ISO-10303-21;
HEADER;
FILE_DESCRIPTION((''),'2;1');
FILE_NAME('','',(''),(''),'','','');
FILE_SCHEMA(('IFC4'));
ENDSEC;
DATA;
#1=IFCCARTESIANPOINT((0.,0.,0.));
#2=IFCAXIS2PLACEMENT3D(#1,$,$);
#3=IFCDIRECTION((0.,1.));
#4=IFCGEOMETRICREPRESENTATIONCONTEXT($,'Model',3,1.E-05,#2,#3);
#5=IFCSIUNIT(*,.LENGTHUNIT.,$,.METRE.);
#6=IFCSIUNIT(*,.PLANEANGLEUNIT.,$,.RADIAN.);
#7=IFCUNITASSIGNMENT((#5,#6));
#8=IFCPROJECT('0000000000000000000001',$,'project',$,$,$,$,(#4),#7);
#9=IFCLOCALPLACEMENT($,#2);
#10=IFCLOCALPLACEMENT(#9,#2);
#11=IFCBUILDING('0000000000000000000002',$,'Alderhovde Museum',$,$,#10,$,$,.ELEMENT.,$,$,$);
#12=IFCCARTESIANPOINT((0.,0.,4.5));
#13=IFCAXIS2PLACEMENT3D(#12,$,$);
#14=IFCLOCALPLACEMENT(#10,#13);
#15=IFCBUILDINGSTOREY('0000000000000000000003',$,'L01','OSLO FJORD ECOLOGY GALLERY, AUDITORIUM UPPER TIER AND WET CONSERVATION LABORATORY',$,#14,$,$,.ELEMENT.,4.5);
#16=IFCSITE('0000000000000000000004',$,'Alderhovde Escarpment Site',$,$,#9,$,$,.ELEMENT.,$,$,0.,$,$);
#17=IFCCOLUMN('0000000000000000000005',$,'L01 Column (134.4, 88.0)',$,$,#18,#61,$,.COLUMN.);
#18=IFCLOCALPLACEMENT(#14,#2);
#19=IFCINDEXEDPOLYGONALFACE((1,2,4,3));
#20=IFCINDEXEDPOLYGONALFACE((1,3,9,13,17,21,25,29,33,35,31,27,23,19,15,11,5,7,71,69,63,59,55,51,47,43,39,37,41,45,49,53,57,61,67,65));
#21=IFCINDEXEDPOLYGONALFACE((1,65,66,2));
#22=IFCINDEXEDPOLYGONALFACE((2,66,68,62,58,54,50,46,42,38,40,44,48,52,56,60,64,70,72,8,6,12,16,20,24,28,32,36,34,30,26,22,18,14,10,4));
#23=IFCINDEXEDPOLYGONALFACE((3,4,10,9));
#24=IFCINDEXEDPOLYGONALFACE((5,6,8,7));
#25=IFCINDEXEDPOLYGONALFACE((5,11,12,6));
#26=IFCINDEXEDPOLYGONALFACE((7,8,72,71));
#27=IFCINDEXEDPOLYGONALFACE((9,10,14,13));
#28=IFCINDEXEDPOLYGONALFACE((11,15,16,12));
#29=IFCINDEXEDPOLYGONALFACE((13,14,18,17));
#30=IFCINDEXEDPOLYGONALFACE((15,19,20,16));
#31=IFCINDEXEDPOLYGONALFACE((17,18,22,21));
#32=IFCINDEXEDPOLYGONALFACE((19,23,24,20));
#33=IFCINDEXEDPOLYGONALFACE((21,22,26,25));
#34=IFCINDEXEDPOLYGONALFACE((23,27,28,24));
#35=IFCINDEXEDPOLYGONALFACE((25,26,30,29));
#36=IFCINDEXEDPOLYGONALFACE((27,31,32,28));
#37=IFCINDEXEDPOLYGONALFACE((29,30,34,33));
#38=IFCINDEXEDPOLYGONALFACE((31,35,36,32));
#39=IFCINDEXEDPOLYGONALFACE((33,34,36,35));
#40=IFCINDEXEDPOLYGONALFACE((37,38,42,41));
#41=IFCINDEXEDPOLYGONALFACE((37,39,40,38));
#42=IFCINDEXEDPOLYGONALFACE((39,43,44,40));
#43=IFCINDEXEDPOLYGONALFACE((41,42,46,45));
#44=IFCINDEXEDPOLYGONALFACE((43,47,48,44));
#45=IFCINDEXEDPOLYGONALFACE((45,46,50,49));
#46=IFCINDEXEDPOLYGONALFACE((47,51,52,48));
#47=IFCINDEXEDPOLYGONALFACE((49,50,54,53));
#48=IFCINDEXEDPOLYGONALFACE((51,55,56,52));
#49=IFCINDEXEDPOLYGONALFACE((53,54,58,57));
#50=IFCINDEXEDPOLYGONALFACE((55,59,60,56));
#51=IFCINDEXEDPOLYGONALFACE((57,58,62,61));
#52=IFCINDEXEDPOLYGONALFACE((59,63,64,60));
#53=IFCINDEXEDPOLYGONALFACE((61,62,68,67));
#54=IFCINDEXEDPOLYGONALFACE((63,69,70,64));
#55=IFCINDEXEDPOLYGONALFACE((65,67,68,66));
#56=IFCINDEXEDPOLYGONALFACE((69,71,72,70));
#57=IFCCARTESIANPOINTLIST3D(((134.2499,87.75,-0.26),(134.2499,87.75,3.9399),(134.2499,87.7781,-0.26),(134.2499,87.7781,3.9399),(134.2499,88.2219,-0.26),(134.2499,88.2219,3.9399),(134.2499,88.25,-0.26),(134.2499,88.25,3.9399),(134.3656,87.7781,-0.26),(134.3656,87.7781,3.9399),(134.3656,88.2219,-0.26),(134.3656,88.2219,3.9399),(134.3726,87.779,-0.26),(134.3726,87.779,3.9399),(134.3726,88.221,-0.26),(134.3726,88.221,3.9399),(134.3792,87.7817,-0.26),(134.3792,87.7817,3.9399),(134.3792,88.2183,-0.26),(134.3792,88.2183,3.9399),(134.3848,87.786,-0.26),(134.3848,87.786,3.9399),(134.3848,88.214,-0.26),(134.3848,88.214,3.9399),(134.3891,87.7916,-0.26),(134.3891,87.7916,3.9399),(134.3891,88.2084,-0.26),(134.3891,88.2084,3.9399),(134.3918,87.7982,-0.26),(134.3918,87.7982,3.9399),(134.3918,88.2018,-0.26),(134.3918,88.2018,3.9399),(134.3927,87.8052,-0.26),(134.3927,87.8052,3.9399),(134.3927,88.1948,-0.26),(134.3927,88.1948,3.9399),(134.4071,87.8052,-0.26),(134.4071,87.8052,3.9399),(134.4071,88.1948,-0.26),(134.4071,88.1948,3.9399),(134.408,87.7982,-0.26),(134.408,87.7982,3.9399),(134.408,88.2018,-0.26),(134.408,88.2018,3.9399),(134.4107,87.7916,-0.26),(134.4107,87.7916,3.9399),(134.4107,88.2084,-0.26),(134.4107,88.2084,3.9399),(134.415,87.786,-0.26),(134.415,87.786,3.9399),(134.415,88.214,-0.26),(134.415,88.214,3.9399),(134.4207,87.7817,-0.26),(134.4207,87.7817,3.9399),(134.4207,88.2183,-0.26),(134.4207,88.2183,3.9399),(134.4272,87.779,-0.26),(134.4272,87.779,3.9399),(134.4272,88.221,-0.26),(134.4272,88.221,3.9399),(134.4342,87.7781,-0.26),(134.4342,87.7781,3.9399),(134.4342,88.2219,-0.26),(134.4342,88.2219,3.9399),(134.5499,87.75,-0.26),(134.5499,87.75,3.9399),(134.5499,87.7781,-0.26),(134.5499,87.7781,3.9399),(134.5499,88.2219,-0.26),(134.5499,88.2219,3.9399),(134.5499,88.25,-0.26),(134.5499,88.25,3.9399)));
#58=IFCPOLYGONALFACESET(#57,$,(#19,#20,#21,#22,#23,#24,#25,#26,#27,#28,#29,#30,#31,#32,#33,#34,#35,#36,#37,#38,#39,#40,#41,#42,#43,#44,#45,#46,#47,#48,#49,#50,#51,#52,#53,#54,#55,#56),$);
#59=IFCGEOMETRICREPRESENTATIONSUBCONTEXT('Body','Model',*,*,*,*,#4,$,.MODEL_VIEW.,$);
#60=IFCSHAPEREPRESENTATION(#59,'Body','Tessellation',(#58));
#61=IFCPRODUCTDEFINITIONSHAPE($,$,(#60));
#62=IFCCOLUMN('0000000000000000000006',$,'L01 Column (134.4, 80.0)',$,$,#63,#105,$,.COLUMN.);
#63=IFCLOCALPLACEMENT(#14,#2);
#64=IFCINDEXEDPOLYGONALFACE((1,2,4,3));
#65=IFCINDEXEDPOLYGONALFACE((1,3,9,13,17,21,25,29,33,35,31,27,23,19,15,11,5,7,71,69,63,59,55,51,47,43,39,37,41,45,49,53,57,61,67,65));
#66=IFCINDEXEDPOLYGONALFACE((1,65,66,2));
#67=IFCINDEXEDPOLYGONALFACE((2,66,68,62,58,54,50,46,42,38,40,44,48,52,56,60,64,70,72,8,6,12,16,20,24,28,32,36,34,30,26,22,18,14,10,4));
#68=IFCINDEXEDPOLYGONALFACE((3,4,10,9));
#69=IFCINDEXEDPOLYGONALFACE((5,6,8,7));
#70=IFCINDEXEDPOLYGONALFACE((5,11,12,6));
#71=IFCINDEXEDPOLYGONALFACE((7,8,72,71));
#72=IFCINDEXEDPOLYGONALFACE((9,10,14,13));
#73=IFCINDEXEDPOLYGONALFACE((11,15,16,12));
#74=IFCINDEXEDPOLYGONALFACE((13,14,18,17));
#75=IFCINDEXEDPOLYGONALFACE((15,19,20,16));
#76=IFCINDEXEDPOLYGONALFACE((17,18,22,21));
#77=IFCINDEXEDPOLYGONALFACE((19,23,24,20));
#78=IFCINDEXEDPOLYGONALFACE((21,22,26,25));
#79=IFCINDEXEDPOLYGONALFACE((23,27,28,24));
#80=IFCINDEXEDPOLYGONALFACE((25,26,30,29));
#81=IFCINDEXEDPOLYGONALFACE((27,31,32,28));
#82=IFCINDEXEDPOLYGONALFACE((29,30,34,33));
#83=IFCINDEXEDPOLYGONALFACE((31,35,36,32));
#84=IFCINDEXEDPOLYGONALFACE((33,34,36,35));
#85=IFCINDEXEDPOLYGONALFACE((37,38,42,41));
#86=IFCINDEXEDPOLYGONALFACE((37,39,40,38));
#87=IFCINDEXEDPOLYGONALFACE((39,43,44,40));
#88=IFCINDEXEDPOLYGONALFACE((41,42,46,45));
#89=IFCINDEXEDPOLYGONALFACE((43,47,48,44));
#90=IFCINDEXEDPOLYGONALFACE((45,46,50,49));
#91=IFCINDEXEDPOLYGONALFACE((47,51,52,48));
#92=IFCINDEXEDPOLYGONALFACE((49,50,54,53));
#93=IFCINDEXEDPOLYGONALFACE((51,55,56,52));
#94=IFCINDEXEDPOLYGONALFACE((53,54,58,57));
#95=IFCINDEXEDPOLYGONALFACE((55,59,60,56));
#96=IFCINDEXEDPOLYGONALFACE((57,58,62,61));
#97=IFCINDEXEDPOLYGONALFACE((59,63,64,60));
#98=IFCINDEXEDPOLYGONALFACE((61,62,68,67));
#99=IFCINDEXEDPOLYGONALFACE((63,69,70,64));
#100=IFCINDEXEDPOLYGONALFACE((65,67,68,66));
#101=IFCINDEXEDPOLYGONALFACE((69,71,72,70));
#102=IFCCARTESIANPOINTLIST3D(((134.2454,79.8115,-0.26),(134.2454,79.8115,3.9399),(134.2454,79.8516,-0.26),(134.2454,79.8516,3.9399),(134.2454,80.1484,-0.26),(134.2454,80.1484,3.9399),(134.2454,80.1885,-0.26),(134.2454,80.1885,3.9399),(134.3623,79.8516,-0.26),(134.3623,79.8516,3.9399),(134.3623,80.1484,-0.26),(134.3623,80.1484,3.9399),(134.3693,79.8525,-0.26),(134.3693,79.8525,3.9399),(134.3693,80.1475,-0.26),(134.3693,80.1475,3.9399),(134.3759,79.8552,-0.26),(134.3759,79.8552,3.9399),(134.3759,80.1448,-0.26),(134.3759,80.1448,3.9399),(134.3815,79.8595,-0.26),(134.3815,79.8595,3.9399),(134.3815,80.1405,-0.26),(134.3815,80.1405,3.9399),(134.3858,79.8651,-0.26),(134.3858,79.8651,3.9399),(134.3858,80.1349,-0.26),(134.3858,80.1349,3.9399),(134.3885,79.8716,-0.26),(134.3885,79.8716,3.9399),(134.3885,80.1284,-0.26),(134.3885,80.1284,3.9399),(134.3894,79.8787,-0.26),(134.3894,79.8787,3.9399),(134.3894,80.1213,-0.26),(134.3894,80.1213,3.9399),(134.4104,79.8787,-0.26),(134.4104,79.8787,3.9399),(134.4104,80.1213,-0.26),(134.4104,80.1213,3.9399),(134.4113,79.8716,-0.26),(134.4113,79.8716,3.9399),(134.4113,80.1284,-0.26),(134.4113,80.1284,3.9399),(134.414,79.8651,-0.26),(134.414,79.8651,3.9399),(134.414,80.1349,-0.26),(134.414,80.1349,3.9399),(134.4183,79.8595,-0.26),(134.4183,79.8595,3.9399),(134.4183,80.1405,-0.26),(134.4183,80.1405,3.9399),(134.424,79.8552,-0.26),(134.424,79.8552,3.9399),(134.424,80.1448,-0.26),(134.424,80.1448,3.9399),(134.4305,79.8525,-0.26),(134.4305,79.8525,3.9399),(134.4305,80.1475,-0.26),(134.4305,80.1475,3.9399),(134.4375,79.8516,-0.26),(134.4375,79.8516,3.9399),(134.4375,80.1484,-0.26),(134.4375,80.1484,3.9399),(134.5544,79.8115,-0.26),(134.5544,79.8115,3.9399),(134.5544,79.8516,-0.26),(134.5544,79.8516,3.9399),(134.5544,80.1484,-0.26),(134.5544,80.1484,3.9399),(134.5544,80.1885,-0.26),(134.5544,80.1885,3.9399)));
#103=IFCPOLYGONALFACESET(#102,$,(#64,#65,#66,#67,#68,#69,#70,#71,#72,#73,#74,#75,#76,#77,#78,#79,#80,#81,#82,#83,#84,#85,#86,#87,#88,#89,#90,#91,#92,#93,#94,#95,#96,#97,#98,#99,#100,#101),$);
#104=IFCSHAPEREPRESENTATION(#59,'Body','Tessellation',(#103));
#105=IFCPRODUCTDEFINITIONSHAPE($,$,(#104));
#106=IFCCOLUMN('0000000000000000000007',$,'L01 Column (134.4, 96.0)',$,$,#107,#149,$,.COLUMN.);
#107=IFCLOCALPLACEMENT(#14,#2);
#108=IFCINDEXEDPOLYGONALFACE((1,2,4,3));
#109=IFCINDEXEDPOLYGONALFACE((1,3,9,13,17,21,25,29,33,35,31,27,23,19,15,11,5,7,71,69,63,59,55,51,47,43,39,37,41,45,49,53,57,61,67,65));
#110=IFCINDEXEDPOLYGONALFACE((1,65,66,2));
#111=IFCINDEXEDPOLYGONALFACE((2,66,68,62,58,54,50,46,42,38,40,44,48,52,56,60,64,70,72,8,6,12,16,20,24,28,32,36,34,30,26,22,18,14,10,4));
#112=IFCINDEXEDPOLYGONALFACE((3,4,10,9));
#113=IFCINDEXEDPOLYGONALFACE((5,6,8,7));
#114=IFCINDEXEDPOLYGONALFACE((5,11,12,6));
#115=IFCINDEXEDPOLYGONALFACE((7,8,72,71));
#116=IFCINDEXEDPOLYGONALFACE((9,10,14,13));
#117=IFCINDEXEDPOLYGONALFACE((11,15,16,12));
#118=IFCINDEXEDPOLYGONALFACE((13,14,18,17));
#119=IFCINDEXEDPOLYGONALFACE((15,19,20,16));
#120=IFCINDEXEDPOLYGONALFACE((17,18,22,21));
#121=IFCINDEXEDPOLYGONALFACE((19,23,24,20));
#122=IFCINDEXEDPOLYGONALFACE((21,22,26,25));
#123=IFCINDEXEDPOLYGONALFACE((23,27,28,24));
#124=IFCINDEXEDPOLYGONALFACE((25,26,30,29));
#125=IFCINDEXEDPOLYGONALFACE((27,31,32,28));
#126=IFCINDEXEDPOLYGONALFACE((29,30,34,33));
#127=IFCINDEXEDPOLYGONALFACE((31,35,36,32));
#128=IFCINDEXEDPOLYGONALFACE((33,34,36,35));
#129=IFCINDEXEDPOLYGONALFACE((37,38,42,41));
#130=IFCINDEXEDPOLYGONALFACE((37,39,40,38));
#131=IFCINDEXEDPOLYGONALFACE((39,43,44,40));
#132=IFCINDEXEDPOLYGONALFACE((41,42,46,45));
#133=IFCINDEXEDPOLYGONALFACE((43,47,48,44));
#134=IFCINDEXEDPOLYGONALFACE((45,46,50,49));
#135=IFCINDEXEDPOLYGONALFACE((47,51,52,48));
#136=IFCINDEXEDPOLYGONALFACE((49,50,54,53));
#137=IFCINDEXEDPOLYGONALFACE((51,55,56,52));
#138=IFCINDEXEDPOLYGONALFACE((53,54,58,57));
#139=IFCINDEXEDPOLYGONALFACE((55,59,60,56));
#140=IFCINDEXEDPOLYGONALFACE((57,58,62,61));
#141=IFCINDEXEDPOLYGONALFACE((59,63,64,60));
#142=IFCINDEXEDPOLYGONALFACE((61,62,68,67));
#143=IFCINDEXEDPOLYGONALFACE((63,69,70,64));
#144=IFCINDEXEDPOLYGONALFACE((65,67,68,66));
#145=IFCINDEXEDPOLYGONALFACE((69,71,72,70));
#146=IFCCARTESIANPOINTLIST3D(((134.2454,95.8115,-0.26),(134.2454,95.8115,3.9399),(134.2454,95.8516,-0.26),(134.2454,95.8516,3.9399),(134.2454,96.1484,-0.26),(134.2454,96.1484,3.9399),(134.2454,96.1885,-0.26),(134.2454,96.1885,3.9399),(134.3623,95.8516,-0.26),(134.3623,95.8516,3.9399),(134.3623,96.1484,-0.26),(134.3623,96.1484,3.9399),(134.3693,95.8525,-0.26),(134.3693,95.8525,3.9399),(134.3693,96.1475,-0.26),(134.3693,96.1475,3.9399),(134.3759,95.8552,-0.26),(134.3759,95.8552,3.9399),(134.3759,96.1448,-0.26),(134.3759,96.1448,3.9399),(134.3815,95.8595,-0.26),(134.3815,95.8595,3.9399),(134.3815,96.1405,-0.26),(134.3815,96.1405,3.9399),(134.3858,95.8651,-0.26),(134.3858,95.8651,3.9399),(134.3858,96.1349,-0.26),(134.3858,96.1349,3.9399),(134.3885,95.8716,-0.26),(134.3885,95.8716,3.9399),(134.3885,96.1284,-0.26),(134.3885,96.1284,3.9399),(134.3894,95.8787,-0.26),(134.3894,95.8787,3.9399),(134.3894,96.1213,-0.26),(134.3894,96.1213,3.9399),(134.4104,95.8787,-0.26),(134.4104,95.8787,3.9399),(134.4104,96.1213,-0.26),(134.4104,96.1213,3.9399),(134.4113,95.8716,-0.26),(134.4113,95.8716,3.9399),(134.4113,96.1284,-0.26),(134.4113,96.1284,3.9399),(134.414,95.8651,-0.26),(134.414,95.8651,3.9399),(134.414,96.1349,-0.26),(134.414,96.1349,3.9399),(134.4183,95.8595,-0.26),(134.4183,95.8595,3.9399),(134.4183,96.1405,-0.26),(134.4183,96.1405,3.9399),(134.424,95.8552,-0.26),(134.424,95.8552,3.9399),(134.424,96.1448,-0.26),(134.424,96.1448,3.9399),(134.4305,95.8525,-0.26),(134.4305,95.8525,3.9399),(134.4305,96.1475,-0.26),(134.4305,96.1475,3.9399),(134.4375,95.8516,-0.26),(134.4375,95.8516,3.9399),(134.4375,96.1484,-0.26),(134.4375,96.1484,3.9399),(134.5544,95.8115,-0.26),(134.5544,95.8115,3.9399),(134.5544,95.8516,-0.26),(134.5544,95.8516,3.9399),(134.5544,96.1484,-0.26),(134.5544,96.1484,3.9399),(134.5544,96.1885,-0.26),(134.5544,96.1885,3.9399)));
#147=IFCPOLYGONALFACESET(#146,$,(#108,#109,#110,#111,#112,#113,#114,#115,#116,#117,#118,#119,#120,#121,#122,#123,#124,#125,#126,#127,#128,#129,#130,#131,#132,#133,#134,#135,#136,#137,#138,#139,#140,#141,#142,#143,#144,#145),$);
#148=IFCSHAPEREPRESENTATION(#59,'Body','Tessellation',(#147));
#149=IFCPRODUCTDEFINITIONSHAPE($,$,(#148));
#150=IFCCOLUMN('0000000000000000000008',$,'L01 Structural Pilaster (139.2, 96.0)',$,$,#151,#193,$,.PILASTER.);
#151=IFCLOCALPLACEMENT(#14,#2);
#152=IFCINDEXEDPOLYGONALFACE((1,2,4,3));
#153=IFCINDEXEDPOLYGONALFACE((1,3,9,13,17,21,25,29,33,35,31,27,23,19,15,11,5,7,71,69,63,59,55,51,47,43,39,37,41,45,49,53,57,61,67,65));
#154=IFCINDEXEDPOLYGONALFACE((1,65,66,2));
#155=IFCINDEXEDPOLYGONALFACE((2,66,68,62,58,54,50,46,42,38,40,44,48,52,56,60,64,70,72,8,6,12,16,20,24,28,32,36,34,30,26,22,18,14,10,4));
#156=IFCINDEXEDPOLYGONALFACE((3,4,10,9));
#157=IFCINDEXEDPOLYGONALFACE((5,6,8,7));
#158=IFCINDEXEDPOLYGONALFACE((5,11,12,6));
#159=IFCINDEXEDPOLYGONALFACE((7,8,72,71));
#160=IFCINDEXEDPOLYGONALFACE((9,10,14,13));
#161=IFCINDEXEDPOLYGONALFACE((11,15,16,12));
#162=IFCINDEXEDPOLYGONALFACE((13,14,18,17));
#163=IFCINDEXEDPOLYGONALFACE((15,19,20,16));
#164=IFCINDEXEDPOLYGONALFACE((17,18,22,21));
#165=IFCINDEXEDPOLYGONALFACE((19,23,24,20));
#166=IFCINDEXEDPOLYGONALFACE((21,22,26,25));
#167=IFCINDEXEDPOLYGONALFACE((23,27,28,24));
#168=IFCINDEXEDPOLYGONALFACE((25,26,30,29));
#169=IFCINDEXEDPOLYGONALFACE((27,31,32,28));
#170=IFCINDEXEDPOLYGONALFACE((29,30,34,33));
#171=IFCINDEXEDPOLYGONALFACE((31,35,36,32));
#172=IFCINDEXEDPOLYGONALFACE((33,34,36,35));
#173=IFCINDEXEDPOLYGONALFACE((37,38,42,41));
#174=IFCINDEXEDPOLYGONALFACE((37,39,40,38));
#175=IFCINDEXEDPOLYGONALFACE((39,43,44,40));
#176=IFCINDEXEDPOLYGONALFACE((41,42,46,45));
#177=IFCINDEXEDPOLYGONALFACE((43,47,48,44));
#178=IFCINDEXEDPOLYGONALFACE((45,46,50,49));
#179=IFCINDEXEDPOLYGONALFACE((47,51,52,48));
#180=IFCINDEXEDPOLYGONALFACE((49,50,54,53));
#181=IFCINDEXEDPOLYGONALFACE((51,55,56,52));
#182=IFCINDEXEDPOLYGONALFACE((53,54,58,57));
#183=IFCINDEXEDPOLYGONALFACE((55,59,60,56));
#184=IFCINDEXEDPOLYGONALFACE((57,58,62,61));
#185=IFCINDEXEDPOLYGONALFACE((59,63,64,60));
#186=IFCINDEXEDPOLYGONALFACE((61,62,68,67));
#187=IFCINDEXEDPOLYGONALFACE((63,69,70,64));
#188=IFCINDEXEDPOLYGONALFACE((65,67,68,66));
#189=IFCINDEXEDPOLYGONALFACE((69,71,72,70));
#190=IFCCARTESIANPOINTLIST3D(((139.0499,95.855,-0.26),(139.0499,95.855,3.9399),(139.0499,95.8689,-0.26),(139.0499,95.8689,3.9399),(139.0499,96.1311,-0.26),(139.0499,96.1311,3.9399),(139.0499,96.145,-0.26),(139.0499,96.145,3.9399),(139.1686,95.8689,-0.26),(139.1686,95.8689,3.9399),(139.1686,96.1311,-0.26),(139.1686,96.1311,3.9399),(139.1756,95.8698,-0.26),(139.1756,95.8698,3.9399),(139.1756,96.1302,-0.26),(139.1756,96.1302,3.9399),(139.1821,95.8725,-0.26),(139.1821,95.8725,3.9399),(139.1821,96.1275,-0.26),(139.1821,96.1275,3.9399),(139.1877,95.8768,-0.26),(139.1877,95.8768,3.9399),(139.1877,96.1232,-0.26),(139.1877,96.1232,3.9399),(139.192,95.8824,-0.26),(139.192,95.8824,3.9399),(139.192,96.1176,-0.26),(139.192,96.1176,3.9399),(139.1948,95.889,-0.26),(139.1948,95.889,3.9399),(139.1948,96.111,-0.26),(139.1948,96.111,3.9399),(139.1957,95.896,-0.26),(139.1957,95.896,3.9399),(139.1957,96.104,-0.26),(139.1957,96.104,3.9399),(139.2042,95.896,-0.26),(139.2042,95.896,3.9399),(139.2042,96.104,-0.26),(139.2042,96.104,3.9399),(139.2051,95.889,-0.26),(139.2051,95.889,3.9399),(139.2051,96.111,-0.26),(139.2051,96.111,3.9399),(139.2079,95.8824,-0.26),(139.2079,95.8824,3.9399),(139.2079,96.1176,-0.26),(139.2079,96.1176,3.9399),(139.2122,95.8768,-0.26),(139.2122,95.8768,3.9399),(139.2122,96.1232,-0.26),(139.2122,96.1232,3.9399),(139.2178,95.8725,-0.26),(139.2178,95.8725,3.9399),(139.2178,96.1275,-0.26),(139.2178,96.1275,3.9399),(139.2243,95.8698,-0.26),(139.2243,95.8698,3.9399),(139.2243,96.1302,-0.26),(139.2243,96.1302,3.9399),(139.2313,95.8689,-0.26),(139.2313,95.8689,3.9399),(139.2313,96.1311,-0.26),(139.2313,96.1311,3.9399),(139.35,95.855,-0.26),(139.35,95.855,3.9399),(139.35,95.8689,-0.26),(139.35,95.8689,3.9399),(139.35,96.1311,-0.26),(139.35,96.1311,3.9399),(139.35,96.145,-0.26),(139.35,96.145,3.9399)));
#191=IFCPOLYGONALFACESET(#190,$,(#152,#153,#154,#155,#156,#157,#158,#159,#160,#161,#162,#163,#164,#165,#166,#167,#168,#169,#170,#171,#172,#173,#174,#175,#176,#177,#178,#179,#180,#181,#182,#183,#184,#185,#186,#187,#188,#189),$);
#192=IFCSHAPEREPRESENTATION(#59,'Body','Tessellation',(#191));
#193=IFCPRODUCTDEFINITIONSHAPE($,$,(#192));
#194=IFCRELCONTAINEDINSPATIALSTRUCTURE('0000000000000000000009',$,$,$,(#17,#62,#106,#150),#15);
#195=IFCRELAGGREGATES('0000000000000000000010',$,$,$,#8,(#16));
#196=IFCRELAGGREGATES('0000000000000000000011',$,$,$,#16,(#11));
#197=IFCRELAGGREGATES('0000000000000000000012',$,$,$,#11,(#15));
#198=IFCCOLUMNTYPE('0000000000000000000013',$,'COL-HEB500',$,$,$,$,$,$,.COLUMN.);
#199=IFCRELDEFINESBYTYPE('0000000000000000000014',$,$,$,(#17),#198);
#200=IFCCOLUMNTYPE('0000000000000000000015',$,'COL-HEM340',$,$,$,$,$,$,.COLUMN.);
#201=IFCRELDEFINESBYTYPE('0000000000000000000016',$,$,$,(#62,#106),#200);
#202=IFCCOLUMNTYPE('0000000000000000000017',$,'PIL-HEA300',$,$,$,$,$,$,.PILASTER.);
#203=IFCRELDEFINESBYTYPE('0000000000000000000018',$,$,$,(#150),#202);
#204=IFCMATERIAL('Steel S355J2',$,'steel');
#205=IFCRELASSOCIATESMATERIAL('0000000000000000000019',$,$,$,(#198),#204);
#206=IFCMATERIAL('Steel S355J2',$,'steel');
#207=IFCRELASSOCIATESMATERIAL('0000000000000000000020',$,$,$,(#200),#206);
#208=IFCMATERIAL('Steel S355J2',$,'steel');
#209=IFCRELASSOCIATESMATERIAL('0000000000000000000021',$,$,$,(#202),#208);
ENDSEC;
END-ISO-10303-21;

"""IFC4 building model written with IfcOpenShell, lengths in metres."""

from ifc_helpers import new_model, si_unit, direction, frame, origin, origin_2d, place, context, subcontext, project, spatial, i_section, extrude, material, material_profile, profile_set, type_object, element, save


model = new_model("IFC4")

# Units and contexts
model_context = context("Model", 3, precision=1e-05, world=origin(), true_north=direction((0.0, 1.0)))
body_context = subcontext(model_context, "Body", "Model", "MODEL_VIEW")
ifc_project = project(units=[si_unit("LENGTHUNIT", "METRE"), si_unit("PLANEANGLEUNIT", "RADIAN")], contexts=[model_context])

# Site, building, storey
site_placement = place(None, origin())
site = spatial("IfcSite", under=ifc_project, at=site_placement, Name="Alderhovde Escarpment Site", CompositionType="ELEMENT", RefElevation=0.0)
building_placement = place(site_placement, origin())
building = spatial("IfcBuilding", under=site, at=building_placement, Name="Alderhovde Museum", CompositionType="ELEMENT")
storey_placement = place(building_placement, frame((0.0, 0.0, 4.5)))
storey = spatial("IfcBuildingStorey", under=building, at=storey_placement, Name="L01", Description="OSLO FJORD ECOLOGY GALLERY, AUDITORIUM UPPER TIER AND WET CONSERVATION LABORATORY", CompositionType="ELEMENT", Elevation=4.5)

# Columns
ifc_material_1 = material(Name="Steel S355J2", Category="steel")
ifc_material_profile_1 = material_profile(ifc_material_1, i_section(OverallWidth=0.3, OverallDepth=0.5, WebThickness=0.0144, FlangeThickness=0.0281, FilletRadius=0.0271, at=origin_2d()), Name="HEB 500")
ifc_profile_set_1 = profile_set([ifc_material_profile_1], Name="Steel S355J2")
column_type_1 = type_object("IfcColumnType", Name="COL-HEB500", PredefinedType="COLUMN", material=ifc_profile_set_1)
column_1_placement = place(storey_placement, frame((134.3999, 88.0, -0.26), z_axis=(0.0, 0.0, 1.0), x_axis=(1.0, 0.0, 0.0)))
element("IfcColumn", 1, at=column_1_placement, inside=storey, type_object=column_type_1, Name="L01 Column (134.4, 88.0)", PredefinedType="COLUMN", context=body_context, shape_type="SweptSolid", body=[
    extrude(i_section(OverallWidth=0.3, OverallDepth=0.5, WebThickness=0.0144, FlangeThickness=0.0281, FilletRadius=0.0271, at=origin_2d()), origin(), (0.0, 0.0, 1.0), 4.2),
])
ifc_material_2 = material(Name="Steel S355J2", Category="steel")
ifc_material_profile_2 = material_profile(ifc_material_2, i_section(OverallWidth=0.3091, OverallDepth=0.377, WebThickness=0.021, FlangeThickness=0.04, FilletRadius=0.0271, at=origin_2d()), Name="HEM 340")
ifc_profile_set_2 = profile_set([ifc_material_profile_2], Name="Steel S355J2")
column_type_2 = type_object("IfcColumnType", Name="COL-HEM340", PredefinedType="COLUMN", material=ifc_profile_set_2)
for number, where, z_axis, x_axis, name in (
    (2, (134.3999, 80.0, -0.26), (0.0, 0.0, 1.0), (1.0, 0.0, 0.0), "L01 Column (134.4, 80.0)"),
    (3, (134.3999, 96.0, -0.26), (0.0, 0.0, 1.0), (1.0, 0.0, 0.0), "L01 Column (134.4, 96.0)"),
):
    element("IfcColumn", number, at=place(storey_placement, frame(where, z_axis=z_axis, x_axis=x_axis)), inside=storey, type_object=column_type_2, Name=name, PredefinedType="COLUMN", context=body_context, shape_type="SweptSolid", body=[
        extrude(i_section(OverallWidth=0.3091, OverallDepth=0.377, WebThickness=0.021, FlangeThickness=0.04, FilletRadius=0.0271, at=origin_2d()), origin(), (0.0, 0.0, 1.0), 4.2),
    ])
ifc_material_3 = material(Name="Steel S355J2", Category="steel")
ifc_material_profile_3 = material_profile(ifc_material_3, i_section(OverallWidth=0.3, OverallDepth=0.29, WebThickness=0.0085, FlangeThickness=0.0139, FilletRadius=0.0271, at=origin_2d()), Name="HEA 300")
ifc_profile_set_3 = profile_set([ifc_material_profile_3], Name="Steel S355J2")
column_type_3 = type_object("IfcColumnType", Name="PIL-HEA300", PredefinedType="PILASTER", material=ifc_profile_set_3)
column_2_placement = place(storey_placement, frame((139.2, 96.0, -0.26), z_axis=(0.0, 0.0, 1.0), x_axis=(1.0, 0.0, 0.0)))
element("IfcColumn", 4, at=column_2_placement, inside=storey, type_object=column_type_3, Name="L01 Structural Pilaster (139.2, 96.0)", PredefinedType="PILASTER", context=body_context, shape_type="SweptSolid", body=[
    extrude(i_section(OverallWidth=0.3, OverallDepth=0.29, WebThickness=0.0085, FlangeThickness=0.0139, FilletRadius=0.0271, at=origin_2d()), origin(), (0.0, 0.0, 1.0), 4.2),
])

save(model, "model.ifc")
